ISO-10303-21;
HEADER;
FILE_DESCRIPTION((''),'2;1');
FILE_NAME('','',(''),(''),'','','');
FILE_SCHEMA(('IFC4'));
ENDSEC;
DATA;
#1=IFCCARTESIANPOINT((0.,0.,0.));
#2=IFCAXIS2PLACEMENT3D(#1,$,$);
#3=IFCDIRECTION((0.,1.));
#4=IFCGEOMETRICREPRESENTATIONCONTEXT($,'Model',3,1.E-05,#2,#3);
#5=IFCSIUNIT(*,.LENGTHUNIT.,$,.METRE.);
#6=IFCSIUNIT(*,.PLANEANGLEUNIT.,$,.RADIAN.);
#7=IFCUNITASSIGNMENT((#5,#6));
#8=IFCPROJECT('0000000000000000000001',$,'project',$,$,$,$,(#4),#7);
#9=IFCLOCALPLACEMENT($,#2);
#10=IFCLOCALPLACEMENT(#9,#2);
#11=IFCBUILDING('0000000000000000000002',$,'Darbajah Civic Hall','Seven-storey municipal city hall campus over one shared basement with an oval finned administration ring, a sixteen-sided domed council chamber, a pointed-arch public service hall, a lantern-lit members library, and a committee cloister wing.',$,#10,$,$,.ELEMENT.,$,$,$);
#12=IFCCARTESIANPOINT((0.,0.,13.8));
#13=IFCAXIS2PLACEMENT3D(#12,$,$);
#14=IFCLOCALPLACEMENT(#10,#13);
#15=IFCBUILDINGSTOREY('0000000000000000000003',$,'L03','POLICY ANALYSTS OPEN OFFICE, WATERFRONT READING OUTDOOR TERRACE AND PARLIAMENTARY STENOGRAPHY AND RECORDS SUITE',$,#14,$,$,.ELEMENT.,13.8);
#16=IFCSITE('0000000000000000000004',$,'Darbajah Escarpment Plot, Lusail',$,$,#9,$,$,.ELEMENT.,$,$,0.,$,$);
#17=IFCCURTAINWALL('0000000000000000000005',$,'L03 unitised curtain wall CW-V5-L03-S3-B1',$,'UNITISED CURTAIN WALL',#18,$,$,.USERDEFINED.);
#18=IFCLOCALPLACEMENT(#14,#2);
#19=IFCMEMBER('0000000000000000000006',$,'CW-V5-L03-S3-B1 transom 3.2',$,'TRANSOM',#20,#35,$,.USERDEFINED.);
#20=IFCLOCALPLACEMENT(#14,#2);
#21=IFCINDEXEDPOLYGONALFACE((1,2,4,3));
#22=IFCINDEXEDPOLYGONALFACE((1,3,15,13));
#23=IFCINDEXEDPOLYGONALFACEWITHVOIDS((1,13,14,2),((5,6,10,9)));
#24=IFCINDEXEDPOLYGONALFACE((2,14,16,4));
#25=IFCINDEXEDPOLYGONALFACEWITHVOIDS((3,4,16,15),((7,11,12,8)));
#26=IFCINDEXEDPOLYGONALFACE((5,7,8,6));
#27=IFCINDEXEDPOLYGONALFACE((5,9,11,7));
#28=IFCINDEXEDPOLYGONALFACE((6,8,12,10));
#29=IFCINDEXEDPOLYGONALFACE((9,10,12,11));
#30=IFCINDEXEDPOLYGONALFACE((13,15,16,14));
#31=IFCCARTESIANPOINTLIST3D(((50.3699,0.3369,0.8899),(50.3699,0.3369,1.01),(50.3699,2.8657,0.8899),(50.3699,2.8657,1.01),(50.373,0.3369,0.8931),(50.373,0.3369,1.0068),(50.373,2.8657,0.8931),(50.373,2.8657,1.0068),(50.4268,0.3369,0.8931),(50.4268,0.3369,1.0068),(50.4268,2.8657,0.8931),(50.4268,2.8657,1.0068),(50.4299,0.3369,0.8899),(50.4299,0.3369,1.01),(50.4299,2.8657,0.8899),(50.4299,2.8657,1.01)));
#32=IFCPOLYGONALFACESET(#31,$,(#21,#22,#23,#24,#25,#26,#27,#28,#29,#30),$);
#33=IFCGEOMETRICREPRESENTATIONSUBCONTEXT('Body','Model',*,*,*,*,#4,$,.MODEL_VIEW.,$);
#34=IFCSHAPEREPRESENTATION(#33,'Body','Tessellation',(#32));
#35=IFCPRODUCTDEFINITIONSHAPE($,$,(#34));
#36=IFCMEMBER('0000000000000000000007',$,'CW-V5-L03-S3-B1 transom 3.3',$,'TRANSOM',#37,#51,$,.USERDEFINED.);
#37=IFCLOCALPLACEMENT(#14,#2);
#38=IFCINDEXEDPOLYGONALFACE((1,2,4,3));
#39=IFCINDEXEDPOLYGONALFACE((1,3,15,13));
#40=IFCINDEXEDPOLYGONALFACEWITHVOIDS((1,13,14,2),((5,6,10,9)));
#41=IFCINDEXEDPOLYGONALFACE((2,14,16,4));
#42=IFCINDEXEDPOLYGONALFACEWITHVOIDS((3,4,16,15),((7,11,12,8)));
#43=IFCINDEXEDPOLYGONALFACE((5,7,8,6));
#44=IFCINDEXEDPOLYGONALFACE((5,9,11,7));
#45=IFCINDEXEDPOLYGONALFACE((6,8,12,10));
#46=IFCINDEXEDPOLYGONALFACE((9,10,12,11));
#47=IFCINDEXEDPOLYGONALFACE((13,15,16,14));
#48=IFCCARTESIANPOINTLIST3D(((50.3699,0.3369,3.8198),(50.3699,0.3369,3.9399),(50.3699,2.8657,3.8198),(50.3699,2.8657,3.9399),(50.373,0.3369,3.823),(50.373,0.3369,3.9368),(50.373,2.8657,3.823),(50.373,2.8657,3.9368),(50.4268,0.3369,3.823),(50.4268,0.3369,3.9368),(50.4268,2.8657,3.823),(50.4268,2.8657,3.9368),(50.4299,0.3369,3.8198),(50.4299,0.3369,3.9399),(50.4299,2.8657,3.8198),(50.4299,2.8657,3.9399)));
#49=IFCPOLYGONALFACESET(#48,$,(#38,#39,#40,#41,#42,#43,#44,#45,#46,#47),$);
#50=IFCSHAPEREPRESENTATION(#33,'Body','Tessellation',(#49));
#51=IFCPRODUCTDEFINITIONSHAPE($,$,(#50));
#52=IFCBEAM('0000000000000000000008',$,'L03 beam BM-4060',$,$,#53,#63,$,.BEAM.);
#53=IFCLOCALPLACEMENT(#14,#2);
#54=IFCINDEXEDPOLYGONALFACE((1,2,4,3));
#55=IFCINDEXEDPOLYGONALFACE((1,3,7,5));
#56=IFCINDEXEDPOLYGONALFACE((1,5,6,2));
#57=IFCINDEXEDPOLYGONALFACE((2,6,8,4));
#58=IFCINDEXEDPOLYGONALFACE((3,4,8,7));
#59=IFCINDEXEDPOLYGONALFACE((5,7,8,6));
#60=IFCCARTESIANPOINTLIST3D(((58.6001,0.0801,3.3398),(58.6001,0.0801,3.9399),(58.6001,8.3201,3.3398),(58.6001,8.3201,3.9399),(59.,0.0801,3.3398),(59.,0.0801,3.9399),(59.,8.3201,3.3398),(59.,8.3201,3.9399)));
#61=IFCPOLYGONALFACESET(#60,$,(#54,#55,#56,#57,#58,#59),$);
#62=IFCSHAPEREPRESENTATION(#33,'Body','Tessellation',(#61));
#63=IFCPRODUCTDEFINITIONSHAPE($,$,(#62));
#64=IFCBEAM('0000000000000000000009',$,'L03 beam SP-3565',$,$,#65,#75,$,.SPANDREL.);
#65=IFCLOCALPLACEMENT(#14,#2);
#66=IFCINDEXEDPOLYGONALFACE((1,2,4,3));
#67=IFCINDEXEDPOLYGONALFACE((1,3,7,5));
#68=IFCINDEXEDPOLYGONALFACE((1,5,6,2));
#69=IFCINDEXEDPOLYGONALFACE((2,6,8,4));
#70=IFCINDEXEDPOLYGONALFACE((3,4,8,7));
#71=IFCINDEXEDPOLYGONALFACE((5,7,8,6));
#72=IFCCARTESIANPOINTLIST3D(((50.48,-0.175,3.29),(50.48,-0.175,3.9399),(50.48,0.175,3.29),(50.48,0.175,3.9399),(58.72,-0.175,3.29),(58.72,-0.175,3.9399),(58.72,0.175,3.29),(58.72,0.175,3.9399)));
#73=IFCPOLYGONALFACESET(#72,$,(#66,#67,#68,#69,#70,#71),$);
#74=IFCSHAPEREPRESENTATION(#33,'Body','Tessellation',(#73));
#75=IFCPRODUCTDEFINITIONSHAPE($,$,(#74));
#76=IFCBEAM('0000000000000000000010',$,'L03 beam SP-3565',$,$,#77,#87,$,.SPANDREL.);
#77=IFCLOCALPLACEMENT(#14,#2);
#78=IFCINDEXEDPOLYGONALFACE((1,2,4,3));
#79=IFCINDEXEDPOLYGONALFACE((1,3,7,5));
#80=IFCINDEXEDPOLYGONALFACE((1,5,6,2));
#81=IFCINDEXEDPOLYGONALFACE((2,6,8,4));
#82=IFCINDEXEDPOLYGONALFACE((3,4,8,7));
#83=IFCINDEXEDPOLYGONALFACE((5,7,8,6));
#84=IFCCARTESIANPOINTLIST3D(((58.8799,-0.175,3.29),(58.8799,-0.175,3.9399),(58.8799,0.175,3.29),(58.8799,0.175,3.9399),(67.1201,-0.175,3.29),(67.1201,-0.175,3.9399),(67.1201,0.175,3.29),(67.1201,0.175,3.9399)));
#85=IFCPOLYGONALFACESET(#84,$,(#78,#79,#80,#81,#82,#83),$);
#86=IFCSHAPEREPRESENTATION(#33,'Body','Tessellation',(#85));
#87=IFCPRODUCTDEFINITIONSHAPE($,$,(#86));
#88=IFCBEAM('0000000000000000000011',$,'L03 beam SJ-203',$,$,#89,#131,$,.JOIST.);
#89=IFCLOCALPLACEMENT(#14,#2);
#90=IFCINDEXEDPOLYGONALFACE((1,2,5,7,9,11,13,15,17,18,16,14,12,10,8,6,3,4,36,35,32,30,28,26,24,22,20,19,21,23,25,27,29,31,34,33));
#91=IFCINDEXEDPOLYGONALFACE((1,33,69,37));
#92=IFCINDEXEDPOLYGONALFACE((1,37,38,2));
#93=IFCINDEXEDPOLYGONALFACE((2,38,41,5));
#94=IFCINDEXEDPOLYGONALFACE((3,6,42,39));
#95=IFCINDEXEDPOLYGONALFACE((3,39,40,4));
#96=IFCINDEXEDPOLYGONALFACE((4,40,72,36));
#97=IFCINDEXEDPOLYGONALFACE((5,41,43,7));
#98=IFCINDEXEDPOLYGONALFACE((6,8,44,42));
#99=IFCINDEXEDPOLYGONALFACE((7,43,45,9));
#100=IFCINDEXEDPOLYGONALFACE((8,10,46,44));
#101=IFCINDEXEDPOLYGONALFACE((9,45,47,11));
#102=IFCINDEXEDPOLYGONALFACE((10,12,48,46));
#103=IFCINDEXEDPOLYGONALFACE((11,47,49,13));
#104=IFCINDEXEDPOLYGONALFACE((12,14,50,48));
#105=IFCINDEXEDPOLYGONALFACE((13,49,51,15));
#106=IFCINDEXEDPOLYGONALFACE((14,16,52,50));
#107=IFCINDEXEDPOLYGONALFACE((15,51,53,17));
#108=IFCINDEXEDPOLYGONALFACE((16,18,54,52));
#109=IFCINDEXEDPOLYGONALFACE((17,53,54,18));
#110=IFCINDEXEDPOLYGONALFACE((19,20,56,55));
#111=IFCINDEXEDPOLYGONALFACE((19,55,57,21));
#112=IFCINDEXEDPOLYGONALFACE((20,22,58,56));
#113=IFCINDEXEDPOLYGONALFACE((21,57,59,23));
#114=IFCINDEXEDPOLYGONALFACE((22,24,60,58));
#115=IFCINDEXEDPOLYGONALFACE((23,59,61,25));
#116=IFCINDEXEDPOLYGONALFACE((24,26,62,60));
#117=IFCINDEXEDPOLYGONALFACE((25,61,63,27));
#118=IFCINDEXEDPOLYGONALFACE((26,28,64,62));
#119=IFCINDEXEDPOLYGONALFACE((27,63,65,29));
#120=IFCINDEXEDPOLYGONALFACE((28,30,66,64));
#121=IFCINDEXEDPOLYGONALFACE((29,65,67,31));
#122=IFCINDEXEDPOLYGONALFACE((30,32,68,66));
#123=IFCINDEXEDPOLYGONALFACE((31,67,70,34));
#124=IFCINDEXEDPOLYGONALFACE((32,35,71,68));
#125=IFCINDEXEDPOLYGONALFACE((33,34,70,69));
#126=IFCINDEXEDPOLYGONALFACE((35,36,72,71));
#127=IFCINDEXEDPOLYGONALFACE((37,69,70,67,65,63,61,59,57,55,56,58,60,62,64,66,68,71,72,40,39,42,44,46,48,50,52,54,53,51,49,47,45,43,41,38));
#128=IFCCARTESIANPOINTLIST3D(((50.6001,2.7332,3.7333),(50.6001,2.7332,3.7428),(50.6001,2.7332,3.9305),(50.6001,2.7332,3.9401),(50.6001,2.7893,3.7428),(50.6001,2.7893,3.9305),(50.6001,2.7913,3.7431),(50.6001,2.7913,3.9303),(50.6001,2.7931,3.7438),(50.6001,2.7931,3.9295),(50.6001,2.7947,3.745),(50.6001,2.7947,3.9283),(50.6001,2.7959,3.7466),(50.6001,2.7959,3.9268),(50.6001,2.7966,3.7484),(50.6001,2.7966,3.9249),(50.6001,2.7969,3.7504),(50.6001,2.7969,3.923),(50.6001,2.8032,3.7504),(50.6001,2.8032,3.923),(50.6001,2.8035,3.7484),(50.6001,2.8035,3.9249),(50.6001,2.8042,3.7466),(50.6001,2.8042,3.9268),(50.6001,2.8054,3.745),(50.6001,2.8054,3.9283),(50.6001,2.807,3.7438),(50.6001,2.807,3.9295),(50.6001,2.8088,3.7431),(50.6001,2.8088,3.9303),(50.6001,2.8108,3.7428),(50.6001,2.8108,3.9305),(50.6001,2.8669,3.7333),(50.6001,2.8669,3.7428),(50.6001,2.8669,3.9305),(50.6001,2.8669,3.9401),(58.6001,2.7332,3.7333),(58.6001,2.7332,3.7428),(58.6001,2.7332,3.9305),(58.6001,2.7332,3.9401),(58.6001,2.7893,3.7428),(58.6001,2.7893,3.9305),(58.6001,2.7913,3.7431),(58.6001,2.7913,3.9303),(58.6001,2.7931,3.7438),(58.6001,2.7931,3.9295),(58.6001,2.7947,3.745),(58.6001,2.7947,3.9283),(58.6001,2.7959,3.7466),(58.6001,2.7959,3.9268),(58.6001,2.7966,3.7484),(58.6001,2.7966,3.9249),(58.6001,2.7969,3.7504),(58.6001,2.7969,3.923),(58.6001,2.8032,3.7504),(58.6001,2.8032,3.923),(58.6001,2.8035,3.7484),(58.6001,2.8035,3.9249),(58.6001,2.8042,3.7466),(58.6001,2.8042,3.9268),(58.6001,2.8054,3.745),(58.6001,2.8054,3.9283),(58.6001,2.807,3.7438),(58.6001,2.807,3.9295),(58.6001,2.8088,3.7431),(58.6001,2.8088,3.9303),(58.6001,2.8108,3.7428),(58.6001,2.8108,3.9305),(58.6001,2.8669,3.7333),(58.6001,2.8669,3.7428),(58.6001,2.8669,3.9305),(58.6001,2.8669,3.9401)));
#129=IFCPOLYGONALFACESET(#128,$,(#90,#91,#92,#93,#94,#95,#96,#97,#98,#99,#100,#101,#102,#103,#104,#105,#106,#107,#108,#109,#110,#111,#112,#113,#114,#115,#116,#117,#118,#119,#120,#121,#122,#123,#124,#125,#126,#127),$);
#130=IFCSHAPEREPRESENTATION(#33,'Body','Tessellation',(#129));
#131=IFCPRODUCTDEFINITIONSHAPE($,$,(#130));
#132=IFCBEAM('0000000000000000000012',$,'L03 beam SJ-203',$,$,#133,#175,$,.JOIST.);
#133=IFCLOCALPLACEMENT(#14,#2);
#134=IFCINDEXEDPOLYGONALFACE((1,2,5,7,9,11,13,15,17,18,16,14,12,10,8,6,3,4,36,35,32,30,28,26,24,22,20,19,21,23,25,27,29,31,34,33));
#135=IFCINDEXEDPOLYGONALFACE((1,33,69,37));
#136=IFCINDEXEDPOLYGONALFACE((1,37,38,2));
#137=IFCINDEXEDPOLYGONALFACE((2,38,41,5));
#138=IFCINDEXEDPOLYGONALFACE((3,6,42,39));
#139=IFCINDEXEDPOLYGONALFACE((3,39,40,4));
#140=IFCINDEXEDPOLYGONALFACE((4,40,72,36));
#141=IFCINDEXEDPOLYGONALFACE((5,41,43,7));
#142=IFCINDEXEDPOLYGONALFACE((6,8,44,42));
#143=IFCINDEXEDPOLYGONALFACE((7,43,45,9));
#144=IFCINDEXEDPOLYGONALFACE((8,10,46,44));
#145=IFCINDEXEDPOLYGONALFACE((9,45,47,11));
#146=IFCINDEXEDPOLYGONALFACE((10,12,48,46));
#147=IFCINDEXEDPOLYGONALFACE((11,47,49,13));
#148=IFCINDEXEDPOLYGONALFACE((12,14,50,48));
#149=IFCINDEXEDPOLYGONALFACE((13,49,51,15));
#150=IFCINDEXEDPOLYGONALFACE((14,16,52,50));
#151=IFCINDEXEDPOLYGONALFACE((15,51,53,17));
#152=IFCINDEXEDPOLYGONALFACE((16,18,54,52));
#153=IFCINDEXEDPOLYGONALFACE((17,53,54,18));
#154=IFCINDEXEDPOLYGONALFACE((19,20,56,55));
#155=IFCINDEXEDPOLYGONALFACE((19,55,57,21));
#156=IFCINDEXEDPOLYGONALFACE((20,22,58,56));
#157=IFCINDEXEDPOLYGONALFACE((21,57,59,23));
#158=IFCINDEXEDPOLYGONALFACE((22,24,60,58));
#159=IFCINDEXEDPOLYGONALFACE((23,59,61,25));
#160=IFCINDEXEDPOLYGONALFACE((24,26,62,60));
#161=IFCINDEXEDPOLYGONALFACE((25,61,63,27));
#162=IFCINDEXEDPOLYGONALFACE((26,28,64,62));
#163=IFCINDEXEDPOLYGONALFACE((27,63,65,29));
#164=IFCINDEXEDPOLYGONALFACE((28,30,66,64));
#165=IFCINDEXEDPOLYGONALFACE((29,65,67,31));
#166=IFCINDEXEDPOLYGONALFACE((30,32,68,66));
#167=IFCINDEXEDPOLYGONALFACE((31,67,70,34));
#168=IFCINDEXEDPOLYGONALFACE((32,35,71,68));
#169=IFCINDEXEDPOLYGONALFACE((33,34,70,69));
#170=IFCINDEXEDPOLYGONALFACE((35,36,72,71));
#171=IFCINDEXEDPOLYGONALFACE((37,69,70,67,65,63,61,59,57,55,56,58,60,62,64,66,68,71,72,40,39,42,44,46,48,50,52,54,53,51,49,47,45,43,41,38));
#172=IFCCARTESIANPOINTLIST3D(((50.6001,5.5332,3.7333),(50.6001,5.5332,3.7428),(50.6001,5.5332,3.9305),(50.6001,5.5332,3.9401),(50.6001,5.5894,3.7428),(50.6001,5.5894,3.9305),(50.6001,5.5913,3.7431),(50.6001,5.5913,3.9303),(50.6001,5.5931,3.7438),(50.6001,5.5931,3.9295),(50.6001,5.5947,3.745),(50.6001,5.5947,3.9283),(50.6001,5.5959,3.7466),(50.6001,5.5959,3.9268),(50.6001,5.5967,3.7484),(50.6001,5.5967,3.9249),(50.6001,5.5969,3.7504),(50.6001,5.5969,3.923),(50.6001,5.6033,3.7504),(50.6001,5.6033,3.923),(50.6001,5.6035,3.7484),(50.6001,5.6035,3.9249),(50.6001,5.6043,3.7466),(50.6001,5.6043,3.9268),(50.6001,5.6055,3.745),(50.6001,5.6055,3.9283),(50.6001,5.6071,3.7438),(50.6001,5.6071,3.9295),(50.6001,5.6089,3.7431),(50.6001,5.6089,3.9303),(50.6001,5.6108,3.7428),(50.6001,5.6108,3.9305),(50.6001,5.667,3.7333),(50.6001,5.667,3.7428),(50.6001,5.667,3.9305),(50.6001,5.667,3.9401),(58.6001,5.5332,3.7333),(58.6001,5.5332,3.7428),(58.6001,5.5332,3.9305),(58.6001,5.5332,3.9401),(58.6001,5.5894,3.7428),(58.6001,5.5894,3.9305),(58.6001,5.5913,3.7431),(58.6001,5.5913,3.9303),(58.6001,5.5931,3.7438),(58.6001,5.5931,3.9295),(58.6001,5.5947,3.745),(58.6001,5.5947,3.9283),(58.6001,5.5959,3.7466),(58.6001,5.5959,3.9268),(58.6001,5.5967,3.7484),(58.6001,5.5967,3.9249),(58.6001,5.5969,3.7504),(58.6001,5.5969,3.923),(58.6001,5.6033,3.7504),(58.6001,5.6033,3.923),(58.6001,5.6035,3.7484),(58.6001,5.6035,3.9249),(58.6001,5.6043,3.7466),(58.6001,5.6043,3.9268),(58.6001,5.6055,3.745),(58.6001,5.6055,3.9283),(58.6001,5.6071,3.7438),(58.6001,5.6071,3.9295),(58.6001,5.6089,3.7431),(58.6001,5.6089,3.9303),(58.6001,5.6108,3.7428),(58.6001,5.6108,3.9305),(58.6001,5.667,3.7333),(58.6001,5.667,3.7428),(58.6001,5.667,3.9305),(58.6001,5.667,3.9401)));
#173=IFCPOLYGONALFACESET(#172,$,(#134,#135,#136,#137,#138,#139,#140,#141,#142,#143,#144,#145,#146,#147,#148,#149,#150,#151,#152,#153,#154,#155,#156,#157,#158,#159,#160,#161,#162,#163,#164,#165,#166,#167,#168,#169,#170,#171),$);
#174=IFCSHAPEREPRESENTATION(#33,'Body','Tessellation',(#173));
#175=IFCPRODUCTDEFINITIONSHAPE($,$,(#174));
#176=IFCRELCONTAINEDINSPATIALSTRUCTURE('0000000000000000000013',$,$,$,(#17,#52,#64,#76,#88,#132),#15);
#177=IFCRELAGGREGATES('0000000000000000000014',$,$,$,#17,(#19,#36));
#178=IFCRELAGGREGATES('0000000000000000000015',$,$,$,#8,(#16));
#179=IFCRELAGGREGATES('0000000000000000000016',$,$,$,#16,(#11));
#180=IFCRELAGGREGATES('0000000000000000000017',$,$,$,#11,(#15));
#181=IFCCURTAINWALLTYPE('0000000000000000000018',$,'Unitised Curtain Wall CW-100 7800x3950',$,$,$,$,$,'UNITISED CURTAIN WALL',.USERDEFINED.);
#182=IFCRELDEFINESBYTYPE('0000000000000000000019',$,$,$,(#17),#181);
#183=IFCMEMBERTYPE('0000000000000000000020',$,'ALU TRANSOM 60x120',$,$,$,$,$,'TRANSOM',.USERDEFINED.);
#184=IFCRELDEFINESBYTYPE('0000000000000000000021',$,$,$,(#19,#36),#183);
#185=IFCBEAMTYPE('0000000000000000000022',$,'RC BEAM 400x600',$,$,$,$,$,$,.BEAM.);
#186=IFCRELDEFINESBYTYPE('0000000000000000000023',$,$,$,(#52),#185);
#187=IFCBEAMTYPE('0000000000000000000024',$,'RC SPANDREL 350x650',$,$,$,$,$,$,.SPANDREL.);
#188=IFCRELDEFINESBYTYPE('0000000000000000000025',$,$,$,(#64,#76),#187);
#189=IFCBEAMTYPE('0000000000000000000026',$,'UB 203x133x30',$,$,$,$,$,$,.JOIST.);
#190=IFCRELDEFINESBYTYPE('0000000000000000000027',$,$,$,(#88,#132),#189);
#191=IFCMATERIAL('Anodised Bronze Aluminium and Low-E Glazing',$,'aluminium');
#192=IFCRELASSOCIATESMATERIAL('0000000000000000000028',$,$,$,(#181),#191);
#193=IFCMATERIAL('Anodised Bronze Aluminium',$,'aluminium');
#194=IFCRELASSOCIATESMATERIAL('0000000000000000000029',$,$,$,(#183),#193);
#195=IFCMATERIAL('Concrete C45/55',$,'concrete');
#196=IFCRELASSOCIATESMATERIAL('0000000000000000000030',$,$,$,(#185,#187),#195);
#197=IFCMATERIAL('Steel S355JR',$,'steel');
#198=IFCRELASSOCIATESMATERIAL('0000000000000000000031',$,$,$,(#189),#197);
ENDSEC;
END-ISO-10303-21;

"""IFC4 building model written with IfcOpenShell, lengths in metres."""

from ifc_helpers import new_model, si_unit, direction, frame, origin, origin_2d, place, context, subcontext, project, spatial, rectangle, hollow_rectangle, i_section, extrude, material, material_profile, profile_set, type_object, element, aggregate, save


model = new_model("IFC4")

# Units and contexts
model_context = context("Model", 3, precision=1e-05, world=origin(), true_north=direction((0.0, 1.0)))
body_context = subcontext(model_context, "Body", "Model", "MODEL_VIEW")
ifc_project = project(units=[si_unit("LENGTHUNIT", "METRE"), si_unit("PLANEANGLEUNIT", "RADIAN")], contexts=[model_context])

# Site, building, storey
site_placement = place(None, origin())
site = spatial("IfcSite", under=ifc_project, at=site_placement, Name="Darbajah Escarpment Plot, Lusail", CompositionType="ELEMENT", RefElevation=0.0)
building_placement = place(site_placement, origin())
building = spatial("IfcBuilding", under=site, at=building_placement, Name="Darbajah Civic Hall", Description="Seven-storey municipal city hall campus over one shared basement with an oval finned administration ring, a sixteen-sided domed council chamber, a pointed-arch public service hall, a lantern-lit members library, and a committee cloister wing.", CompositionType="ELEMENT")
storey_placement = place(building_placement, frame((0.0, 0.0, 13.8)))
storey = spatial("IfcBuildingStorey", under=building, at=storey_placement, Name="L03", Description="POLICY ANALYSTS OPEN OFFICE, WATERFRONT READING OUTDOOR TERRACE AND PARLIAMENTARY STENOGRAPHY AND RECORDS SUITE", CompositionType="ELEMENT", Elevation=13.8)

# Shared definitions
ifc_material_1 = material(Name="Concrete C45/55", Category="concrete")

# Curtain wall, members
ifc_material_2 = material(Name="Anodised Bronze Aluminium and Low-E Glazing", Category="aluminium")
curtain_wall_type = type_object("IfcCurtainWallType", Name="Unitised Curtain Wall CW-100 7800x3950", ElementType="UNITISED CURTAIN WALL", PredefinedType="USERDEFINED", material=ifc_material_2)
curtain_wall_placement = place(storey_placement, origin())
curtain_wall = element("IfcCurtainWall", 1, at=curtain_wall_placement, inside=storey, type_object=curtain_wall_type, Name="L03 unitised curtain wall CW-V5-L03-S3-B1", ObjectType="UNITISED CURTAIN WALL", PredefinedType="USERDEFINED")
ifc_material_3 = material(Name="Anodised Bronze Aluminium", Category="aluminium")
ifc_material_profile_1 = material_profile(ifc_material_3, hollow_rectangle(XDim=0.0601, YDim=0.1201, WallThickness=0.0032, at=origin_2d()), Name="ALU TRANSOM 60x120")
ifc_profile_set_1 = profile_set([ifc_material_profile_1], Name="Anodised Bronze Aluminium")
member_type_1 = type_object("IfcMemberType", Name="ALU TRANSOM 60x120", ElementType="TRANSOM", PredefinedType="USERDEFINED", material=ifc_profile_set_1)
member_1_placement = place(storey_placement, frame((50.3999, 2.8657, 0.95), z_axis=(0.0, -1.0, 0.0), x_axis=(1.0, 0.0, 0.0)))
member_1 = element("IfcMember", 2, at=member_1_placement, type_object=member_type_1, Name="CW-V5-L03-S3-B1 transom 3.2", ObjectType="TRANSOM", PredefinedType="USERDEFINED", context=body_context, shape_type="SweptSolid", body=[
    extrude(hollow_rectangle(XDim=0.0601, YDim=0.1201, WallThickness=0.0032, at=origin_2d()), origin(), (0.0, 0.0, 1.0), 2.5288),
])
member_2_placement = place(storey_placement, frame((50.3999, 2.8657, 3.8799), z_axis=(0.0, -1.0, 0.0), x_axis=(1.0, 0.0, 0.0)))
member_2 = element("IfcMember", 3, at=member_2_placement, type_object=member_type_1, Name="CW-V5-L03-S3-B1 transom 3.3", ObjectType="TRANSOM", PredefinedType="USERDEFINED", context=body_context, shape_type="SweptSolid", body=[
    extrude(hollow_rectangle(XDim=0.0601, YDim=0.1201, WallThickness=0.0032, at=origin_2d()), origin(), (0.0, 0.0, 1.0), 2.5288),
])

# Beams
ifc_material_profile_2 = material_profile(ifc_material_1, rectangle(XDim=0.3999, YDim=0.6001, at=origin_2d()), Name="RC BEAM 400x600")
ifc_profile_set_2 = profile_set([ifc_material_profile_2], Name="Concrete C45/55")
beam_type_1 = type_object("IfcBeamType", Name="RC BEAM 400x600", PredefinedType="BEAM", material=ifc_profile_set_2)
beam_1_placement = place(storey_placement, frame((58.8, 0.0801, 3.6399), z_axis=(0.0, 1.0, 0.0), x_axis=(-1.0, 0.0, 0.0)))
element("IfcBeam", 4, at=beam_1_placement, inside=storey, type_object=beam_type_1, Name="L03 beam BM-4060", PredefinedType="BEAM", context=body_context, shape_type="SweptSolid", body=[
    extrude(rectangle(XDim=0.3999, YDim=0.6001, at=origin_2d()), origin(), (0.0, 0.0, 1.0), 8.24),
])
ifc_material_profile_3 = material_profile(ifc_material_1, rectangle(XDim=0.3501, YDim=0.6499, at=origin_2d()), Name="RC SPANDREL 350x650")
ifc_profile_set_3 = profile_set([ifc_material_profile_3], Name="Concrete C45/55")
beam_type_2 = type_object("IfcBeamType", Name="RC SPANDREL 350x650", PredefinedType="SPANDREL", material=ifc_profile_set_3)
beam_2_placement = place(storey_placement, frame((50.48, 0.0, 3.615), z_axis=(1.0, 0.0, 0.0), x_axis=(0.0, 1.0, 0.0)))
element("IfcBeam", 5, at=beam_2_placement, inside=storey, type_object=beam_type_2, Name="L03 beam SP-3565", PredefinedType="SPANDREL", context=body_context, shape_type="SweptSolid", body=[
    extrude(rectangle(XDim=0.3501, YDim=0.6499, at=origin_2d()), origin(), (0.0, 0.0, 1.0), 8.24),
])
beam_3_placement = place(storey_placement, frame((58.8799, 0.0, 3.615), z_axis=(1.0, 0.0, 0.0), x_axis=(0.0, 1.0, 0.0)))
element("IfcBeam", 6, at=beam_3_placement, inside=storey, type_object=beam_type_2, Name="L03 beam SP-3565", PredefinedType="SPANDREL", context=body_context, shape_type="SweptSolid", body=[
    extrude(rectangle(XDim=0.3501, YDim=0.6499, at=origin_2d()), origin(), (0.0, 0.0, 1.0), 8.2402),
])
ifc_material_4 = material(Name="Steel S355JR", Category="steel")
ifc_material_profile_4 = material_profile(ifc_material_4, i_section(OverallWidth=0.1338, OverallDepth=0.2068, WebThickness=0.0063, FlangeThickness=0.0095, FilletRadius=0.0076, at=origin_2d()), Name="UB 203x133x30")
ifc_profile_set_4 = profile_set([ifc_material_profile_4], Name="Steel S355JR")
beam_type_3 = type_object("IfcBeamType", Name="UB 203x133x30", PredefinedType="JOIST", material=ifc_profile_set_4)
for number, where, z_axis, x_axis, name in (
    (7, (50.6001, 2.8, 3.8367), (1.0, 0.0, 0.0), (0.0, 1.0, 0.0), "L03 beam SJ-203"),
    (8, (50.6001, 5.6001, 3.8367), (1.0, 0.0, 0.0), (0.0, 1.0, 0.0), "L03 beam SJ-203"),
):
    element("IfcBeam", number, at=place(storey_placement, frame(where, z_axis=z_axis, x_axis=x_axis)), inside=storey, type_object=beam_type_3, Name=name, PredefinedType="JOIST", context=body_context, shape_type="SweptSolid", body=[
        extrude(i_section(OverallWidth=0.1338, OverallDepth=0.2068, WebThickness=0.0063, FlangeThickness=0.0095, FilletRadius=0.0076, at=origin_2d()), origin(), (0.0, 0.0, 1.0), 8.0),
    ])

aggregate(curtain_wall, [member_1, member_2])

save(model, "model.ifc")
